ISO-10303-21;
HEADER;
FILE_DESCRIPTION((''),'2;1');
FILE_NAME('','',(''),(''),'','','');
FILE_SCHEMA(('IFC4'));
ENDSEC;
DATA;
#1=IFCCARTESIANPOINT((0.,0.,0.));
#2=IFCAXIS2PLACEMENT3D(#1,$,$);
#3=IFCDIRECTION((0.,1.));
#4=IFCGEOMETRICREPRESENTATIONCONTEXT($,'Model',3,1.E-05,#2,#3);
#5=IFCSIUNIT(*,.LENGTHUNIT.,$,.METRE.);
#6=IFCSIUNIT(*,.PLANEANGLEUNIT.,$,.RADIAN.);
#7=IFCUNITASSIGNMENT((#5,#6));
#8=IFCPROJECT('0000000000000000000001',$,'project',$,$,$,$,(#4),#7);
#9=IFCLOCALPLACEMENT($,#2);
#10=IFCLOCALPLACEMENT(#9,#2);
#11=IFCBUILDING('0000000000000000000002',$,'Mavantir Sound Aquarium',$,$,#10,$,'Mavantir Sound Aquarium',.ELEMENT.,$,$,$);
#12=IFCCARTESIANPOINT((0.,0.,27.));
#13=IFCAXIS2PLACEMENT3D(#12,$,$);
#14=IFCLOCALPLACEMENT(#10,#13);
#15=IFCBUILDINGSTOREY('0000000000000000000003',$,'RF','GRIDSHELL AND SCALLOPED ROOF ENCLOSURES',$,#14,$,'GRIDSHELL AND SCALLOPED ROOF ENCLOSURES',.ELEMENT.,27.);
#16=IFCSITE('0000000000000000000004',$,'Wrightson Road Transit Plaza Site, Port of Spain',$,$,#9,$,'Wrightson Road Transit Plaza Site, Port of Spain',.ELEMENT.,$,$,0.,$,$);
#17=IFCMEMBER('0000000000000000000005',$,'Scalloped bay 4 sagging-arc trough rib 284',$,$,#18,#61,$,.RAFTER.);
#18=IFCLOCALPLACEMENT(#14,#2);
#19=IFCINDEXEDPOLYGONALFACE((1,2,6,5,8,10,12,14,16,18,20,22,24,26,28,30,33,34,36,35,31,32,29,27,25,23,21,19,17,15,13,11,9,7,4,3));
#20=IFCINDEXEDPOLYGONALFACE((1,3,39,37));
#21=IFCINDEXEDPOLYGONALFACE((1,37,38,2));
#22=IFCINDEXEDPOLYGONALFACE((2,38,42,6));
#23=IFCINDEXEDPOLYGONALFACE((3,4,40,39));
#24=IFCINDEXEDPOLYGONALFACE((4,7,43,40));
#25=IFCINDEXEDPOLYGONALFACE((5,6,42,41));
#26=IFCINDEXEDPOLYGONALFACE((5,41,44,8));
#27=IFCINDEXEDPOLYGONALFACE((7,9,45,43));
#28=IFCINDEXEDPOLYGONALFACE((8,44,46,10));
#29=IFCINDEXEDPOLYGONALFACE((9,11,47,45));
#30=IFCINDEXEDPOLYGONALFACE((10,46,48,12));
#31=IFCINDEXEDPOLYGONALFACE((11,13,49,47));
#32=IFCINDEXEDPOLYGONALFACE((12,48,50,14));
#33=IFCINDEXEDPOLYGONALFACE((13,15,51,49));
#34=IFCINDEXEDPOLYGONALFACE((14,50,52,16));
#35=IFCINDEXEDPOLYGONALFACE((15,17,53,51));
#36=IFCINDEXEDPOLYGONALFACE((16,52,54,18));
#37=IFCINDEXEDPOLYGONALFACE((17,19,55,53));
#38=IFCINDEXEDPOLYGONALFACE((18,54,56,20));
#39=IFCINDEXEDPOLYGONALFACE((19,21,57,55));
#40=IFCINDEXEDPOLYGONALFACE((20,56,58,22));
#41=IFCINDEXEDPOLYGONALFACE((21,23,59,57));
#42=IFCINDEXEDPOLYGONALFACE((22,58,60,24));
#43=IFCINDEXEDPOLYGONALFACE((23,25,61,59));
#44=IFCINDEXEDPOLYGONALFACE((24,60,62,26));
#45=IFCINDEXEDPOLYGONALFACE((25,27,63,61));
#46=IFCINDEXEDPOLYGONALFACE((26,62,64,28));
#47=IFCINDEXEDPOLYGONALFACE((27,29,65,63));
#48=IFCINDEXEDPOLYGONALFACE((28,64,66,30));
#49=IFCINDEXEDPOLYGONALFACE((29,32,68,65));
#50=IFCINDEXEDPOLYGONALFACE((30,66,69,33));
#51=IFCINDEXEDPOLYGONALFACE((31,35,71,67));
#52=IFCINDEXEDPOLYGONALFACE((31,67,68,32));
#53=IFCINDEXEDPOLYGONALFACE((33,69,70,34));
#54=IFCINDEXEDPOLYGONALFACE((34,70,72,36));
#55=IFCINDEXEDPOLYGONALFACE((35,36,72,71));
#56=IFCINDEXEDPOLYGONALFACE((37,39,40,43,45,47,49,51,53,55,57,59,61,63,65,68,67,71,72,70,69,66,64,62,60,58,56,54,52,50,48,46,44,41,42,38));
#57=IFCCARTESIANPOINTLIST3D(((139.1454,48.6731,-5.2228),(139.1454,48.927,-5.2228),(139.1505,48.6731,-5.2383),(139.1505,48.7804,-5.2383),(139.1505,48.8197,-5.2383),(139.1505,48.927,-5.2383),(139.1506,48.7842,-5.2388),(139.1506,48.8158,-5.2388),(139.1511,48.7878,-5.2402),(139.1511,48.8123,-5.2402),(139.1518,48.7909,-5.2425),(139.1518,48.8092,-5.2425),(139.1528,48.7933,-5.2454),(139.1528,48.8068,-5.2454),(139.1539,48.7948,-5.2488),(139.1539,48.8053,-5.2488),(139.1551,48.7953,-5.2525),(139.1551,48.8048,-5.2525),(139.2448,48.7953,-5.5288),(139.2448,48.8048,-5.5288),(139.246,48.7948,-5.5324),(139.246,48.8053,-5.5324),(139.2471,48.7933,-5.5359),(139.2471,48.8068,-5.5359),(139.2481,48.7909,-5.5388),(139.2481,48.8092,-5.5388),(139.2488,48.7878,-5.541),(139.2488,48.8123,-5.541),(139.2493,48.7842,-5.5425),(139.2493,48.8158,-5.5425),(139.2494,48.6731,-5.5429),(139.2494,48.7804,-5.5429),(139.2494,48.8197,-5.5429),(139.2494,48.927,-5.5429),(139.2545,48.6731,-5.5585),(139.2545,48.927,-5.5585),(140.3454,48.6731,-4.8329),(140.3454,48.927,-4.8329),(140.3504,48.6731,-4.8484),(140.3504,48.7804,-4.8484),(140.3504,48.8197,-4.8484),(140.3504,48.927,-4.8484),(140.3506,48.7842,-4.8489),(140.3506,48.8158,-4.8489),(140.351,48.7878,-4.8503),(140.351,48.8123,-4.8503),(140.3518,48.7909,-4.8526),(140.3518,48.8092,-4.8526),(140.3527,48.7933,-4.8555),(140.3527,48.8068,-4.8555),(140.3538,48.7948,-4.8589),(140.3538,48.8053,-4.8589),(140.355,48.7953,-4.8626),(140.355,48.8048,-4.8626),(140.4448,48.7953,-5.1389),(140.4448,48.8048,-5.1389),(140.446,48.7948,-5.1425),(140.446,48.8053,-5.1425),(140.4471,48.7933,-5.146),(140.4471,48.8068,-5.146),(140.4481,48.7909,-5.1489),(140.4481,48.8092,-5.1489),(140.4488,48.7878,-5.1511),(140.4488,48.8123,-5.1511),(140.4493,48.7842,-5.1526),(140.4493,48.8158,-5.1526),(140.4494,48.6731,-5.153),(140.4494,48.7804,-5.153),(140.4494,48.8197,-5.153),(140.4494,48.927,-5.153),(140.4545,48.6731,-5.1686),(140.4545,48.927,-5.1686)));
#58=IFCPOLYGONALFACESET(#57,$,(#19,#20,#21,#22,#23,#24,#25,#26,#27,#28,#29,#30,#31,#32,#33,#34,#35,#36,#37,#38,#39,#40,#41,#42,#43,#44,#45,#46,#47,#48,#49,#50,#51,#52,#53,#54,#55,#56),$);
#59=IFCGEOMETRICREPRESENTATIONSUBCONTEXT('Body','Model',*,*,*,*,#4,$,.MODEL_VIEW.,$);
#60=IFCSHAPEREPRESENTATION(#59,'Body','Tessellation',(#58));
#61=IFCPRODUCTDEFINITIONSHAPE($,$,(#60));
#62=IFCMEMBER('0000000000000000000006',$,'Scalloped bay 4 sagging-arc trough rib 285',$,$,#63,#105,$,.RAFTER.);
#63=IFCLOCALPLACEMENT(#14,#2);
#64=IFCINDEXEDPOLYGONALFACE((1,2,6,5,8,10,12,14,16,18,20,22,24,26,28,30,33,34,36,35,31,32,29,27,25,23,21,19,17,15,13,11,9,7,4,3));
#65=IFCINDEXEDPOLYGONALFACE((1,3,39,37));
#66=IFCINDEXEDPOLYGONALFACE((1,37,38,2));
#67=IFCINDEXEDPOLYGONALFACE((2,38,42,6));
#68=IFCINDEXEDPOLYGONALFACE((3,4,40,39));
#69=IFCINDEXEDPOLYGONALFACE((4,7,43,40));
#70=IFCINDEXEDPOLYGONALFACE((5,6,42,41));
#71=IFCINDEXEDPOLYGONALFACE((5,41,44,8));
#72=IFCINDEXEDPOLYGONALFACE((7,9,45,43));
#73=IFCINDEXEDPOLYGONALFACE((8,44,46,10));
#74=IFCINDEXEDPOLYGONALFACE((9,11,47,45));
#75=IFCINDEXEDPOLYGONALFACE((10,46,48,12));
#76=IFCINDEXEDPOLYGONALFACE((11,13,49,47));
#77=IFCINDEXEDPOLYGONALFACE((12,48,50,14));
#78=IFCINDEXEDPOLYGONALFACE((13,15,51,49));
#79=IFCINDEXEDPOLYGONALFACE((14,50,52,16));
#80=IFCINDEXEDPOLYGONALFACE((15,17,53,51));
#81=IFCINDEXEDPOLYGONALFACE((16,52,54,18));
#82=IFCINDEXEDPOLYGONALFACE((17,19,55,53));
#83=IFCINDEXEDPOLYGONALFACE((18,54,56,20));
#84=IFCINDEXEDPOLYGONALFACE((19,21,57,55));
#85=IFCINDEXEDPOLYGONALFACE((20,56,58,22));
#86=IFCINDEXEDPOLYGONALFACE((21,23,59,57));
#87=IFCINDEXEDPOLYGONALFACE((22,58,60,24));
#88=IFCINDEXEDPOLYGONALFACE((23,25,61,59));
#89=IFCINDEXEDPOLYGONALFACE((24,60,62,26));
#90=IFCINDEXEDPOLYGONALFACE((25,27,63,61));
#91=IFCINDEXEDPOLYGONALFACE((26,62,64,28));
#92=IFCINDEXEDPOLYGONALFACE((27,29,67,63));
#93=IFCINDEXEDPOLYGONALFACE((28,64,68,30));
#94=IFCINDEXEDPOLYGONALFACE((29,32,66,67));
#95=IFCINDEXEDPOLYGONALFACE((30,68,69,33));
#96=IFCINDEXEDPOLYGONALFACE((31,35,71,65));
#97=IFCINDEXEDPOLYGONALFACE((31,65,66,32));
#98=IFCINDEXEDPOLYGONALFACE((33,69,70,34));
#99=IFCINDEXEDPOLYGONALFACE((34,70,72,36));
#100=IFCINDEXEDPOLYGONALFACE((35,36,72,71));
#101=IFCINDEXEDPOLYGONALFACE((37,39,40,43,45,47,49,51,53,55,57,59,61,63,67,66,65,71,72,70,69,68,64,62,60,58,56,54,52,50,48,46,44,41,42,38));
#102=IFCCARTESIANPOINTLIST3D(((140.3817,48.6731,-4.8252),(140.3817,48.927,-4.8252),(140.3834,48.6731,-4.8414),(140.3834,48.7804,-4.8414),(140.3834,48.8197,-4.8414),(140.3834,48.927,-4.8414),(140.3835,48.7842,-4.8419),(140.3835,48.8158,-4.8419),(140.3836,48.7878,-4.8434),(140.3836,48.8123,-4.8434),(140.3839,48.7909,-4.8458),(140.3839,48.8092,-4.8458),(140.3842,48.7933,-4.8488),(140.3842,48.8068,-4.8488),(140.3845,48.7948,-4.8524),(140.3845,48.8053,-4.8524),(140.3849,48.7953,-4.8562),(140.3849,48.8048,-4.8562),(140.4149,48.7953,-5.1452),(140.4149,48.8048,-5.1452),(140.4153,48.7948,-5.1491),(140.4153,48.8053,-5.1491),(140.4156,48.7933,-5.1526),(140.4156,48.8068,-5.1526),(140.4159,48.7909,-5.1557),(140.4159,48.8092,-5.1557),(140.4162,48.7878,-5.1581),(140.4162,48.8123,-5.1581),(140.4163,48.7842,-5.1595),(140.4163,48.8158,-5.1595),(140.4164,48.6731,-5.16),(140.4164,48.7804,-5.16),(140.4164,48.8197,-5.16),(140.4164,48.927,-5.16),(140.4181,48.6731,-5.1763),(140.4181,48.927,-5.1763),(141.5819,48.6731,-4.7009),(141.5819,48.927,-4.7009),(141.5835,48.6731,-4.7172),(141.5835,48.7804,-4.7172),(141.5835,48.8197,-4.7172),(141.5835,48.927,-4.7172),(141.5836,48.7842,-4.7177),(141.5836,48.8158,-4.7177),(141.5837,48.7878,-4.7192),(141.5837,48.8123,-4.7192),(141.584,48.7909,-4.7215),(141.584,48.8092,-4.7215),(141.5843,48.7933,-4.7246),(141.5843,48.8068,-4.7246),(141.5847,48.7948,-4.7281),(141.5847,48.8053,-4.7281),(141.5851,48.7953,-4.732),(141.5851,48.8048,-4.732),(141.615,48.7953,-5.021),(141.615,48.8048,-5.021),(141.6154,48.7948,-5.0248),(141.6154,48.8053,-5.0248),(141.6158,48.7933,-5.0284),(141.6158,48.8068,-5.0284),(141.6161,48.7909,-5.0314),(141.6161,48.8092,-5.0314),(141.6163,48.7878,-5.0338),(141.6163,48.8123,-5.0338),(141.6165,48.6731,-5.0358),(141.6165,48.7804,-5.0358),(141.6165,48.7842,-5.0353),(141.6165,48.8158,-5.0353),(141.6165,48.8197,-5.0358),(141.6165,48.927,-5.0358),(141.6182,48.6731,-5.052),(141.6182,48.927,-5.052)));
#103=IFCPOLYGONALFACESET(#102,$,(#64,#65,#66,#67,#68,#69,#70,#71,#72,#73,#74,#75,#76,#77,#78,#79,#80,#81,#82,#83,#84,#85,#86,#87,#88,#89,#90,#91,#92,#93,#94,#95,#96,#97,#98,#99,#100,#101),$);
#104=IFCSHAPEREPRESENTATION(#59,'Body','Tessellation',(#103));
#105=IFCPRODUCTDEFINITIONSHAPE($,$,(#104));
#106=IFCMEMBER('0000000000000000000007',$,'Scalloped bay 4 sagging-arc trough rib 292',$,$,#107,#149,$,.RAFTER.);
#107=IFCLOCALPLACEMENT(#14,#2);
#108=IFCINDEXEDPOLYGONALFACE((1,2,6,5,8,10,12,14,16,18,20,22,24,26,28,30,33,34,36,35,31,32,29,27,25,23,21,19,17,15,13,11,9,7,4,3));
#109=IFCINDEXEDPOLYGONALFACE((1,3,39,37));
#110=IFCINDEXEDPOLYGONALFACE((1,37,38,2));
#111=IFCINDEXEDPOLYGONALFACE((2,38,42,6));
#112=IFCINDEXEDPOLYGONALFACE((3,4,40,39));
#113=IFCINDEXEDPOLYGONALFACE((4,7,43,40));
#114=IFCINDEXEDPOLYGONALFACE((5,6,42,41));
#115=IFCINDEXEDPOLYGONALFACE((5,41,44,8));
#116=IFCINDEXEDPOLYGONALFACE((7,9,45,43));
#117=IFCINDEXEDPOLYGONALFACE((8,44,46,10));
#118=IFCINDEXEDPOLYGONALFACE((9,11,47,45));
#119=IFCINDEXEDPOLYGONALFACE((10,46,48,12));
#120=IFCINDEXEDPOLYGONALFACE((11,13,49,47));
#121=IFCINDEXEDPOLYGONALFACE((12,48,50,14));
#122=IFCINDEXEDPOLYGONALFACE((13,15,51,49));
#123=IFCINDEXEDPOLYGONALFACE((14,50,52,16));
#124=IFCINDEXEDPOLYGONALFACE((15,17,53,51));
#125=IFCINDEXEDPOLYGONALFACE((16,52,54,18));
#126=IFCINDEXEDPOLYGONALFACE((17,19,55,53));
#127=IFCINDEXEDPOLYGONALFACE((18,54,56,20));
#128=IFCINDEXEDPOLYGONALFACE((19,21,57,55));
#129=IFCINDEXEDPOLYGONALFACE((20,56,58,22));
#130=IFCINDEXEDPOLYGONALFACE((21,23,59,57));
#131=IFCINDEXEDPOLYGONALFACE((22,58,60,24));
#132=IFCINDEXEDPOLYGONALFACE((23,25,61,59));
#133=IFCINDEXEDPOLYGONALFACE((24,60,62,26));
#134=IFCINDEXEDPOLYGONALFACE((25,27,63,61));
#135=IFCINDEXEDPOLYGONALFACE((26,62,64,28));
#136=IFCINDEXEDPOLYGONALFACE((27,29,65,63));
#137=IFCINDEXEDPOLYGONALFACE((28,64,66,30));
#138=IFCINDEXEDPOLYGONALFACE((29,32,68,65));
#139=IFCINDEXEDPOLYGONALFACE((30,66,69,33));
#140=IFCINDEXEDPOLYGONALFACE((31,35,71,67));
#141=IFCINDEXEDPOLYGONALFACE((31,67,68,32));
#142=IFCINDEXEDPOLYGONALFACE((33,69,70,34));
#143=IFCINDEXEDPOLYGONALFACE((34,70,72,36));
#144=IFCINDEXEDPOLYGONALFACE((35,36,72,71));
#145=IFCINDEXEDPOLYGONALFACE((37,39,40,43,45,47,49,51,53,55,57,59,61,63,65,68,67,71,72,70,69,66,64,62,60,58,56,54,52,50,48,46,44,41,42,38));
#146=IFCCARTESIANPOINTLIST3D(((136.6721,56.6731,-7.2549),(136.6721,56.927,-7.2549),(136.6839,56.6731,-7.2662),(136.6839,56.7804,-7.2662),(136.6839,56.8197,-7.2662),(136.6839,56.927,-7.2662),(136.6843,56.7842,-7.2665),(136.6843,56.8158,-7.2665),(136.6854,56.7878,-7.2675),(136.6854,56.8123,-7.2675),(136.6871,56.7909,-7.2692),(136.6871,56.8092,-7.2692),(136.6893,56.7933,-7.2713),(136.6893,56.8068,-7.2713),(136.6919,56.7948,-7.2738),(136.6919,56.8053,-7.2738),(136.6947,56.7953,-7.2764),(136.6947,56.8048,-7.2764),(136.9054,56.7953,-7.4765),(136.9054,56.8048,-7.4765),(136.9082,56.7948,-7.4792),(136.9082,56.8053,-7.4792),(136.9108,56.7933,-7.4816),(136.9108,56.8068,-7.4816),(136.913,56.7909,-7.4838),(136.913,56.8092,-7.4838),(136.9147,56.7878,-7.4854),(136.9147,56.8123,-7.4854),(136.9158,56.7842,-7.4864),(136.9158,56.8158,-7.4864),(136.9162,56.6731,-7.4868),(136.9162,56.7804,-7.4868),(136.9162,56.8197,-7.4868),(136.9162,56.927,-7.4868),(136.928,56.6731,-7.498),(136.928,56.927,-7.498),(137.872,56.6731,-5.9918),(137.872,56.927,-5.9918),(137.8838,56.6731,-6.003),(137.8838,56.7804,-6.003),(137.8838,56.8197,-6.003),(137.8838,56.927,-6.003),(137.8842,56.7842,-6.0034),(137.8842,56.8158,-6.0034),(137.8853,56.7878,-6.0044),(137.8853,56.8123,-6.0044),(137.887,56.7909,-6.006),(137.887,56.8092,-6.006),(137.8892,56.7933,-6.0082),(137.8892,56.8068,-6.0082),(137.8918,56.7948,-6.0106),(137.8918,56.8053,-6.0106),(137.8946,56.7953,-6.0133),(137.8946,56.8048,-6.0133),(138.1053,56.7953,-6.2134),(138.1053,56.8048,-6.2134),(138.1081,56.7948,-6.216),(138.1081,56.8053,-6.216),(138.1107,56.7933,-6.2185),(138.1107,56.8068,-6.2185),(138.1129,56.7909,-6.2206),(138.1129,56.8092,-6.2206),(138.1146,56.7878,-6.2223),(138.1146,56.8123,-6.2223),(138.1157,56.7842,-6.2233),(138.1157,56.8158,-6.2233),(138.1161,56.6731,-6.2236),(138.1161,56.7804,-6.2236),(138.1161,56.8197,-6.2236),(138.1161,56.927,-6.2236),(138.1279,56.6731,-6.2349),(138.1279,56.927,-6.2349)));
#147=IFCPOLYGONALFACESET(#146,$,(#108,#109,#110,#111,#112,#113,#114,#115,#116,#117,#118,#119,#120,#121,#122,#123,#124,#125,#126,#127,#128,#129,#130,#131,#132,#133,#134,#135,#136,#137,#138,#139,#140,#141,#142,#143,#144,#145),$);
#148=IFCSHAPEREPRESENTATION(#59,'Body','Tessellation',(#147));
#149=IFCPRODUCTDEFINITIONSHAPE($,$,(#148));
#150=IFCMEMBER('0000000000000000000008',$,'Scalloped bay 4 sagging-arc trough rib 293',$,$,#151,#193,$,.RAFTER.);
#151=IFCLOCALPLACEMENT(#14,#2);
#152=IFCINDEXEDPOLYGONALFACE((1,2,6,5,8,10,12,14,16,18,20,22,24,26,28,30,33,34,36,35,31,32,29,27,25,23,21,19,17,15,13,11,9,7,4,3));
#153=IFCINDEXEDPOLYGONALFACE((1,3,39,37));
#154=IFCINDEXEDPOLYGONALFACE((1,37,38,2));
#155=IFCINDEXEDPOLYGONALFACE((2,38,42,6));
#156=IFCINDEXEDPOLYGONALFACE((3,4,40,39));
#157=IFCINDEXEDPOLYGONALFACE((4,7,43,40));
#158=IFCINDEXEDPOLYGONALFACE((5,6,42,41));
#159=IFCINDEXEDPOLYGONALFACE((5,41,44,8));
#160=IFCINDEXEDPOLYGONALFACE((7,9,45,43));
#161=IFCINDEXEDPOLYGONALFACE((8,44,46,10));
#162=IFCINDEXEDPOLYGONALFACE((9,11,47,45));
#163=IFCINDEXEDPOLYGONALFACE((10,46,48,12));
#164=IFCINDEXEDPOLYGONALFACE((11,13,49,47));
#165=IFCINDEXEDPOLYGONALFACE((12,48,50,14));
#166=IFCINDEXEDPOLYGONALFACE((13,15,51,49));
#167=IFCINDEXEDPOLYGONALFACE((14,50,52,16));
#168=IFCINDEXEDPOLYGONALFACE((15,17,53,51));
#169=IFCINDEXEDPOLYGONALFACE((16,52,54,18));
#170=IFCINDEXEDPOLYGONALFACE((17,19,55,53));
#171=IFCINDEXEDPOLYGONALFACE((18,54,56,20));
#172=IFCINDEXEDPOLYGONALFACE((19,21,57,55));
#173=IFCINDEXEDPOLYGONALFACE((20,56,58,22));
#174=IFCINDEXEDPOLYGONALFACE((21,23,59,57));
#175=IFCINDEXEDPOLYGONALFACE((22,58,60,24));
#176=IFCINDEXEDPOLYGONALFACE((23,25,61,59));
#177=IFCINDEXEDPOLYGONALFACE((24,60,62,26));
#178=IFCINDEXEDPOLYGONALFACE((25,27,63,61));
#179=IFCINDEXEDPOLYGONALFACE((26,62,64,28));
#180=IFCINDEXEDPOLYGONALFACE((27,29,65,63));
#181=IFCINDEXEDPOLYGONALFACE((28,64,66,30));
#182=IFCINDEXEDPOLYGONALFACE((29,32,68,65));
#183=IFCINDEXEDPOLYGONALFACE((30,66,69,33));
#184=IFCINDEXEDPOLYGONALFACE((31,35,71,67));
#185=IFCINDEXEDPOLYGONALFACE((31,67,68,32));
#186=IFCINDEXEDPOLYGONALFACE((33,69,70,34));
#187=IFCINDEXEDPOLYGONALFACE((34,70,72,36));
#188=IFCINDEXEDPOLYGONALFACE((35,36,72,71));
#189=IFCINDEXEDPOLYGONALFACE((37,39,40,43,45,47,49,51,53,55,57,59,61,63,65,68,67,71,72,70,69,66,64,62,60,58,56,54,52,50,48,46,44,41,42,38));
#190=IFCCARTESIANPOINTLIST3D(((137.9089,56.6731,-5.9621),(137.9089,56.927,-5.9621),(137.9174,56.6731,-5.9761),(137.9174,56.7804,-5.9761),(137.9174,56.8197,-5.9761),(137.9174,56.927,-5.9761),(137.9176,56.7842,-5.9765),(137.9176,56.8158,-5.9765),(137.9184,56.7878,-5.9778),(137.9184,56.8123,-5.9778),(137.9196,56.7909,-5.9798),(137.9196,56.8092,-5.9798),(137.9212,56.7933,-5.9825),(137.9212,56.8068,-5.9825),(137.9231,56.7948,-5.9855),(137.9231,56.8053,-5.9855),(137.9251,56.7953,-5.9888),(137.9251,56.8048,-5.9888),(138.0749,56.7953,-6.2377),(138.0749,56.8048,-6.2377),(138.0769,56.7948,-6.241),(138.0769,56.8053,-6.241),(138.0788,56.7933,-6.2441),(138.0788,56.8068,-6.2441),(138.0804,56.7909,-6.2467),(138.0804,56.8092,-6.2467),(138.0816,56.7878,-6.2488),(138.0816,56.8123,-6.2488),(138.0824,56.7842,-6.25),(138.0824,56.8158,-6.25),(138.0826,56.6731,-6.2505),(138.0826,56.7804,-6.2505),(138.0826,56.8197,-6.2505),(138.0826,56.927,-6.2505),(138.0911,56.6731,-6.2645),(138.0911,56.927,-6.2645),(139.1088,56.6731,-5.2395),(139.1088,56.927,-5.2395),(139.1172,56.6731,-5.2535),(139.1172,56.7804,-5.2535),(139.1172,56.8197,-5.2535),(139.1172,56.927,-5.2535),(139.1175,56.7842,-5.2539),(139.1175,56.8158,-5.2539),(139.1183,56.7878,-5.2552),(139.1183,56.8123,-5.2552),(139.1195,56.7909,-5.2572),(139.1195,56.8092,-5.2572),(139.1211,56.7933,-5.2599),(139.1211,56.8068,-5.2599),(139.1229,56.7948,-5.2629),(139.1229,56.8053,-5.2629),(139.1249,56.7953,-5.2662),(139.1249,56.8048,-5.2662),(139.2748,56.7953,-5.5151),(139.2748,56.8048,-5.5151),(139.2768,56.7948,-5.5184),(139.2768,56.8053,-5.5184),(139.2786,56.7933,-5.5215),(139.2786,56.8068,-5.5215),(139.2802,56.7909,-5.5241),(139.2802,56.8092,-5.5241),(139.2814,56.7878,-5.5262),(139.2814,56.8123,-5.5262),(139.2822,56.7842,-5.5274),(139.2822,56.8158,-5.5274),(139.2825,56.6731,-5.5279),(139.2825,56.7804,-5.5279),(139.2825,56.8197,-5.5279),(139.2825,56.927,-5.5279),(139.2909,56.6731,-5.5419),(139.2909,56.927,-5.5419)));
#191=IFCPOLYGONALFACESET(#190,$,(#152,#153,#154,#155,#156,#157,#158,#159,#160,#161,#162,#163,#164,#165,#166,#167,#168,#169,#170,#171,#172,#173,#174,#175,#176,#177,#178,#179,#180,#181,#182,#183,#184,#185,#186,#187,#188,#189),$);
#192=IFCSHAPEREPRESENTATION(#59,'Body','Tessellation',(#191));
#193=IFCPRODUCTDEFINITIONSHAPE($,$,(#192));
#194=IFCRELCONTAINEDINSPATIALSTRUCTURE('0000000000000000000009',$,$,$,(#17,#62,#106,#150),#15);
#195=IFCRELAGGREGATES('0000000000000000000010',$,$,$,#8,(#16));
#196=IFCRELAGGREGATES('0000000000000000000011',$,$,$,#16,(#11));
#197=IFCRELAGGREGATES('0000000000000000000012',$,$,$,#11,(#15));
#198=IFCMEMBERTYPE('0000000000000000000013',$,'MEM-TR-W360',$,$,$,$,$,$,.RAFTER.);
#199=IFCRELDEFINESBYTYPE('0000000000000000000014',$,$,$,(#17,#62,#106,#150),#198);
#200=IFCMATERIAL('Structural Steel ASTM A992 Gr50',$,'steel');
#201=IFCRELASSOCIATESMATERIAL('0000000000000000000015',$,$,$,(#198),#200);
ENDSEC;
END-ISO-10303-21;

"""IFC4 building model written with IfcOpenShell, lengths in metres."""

from ifc_helpers import new_model, si_unit, direction, frame, origin, origin_2d, place, context, subcontext, project, spatial, i_section, extrude, material, material_profile, profile_set, type_object, element, save


model = new_model("IFC4")

# Units and contexts
model_context = context("Model", 3, precision=1e-05, world=origin(), true_north=direction((0.0, 1.0)))
body_context = subcontext(model_context, "Body", "Model", "MODEL_VIEW")
ifc_project = project(units=[si_unit("LENGTHUNIT", "METRE"), si_unit("PLANEANGLEUNIT", "RADIAN")], contexts=[model_context])

# Site, building, storey
site_placement = place(None, origin())
site = spatial("IfcSite", under=ifc_project, at=site_placement, Name="Wrightson Road Transit Plaza Site, Port of Spain", LongName="Wrightson Road Transit Plaza Site, Port of Spain", CompositionType="ELEMENT", RefElevation=0.0)
building_placement = place(site_placement, origin())
building = spatial("IfcBuilding", under=site, at=building_placement, Name="Mavantir Sound Aquarium", LongName="Mavantir Sound Aquarium", CompositionType="ELEMENT")
storey_placement = place(building_placement, frame((0.0, 0.0, 27.0)))
storey = spatial("IfcBuildingStorey", under=building, at=storey_placement, Name="RF", Description="GRIDSHELL AND SCALLOPED ROOF ENCLOSURES", LongName="GRIDSHELL AND SCALLOPED ROOF ENCLOSURES", CompositionType="ELEMENT", Elevation=27.0)

# Shared definitions
ifc_material_1 = material(Name="Structural Steel ASTM A992 Gr50", Category="steel")

# Members
ifc_material_profile_1 = material_profile(ifc_material_1, i_section(OverallWidth=0.2539, OverallDepth=0.353, WebThickness=0.0095, FlangeThickness=0.0164, FilletRadius=0.0149, at=origin_2d()), Name="W360X91")
ifc_profile_set_1 = profile_set([ifc_material_profile_1], Name="Structural Steel ASTM A992 Gr50")
member_type_1 = type_object("IfcMemberType", Name="MEM-TR-W360", PredefinedType="RAFTER", material=ifc_profile_set_1)
member_1_placement = place(storey_placement, frame((139.2, 48.8, -5.3906), z_axis=(0.951055, 0.0, 0.30902), x_axis=(0.0, 1.0, 0.0)))
element("IfcMember", 1, at=member_1_placement, inside=storey, type_object=member_type_1, Name="Scalloped bay 4 sagging-arc trough rib 284", PredefinedType="RAFTER", context=body_context, shape_type="SweptSolid", body=[
    extrude(i_section(OverallWidth=0.2539, OverallDepth=0.353, WebThickness=0.0095, FlangeThickness=0.0164, FilletRadius=0.0149, at=origin_2d()), origin(), (0.0, 0.0, 1.0), 1.2617),
])
member_2_placement = place(storey_placement, frame((140.3999, 48.8, -5.0007), z_axis=(0.994683, 0.0, 0.102989), x_axis=(0.0, 1.0, 0.0)))
element("IfcMember", 2, at=member_2_placement, inside=storey, type_object=member_type_1, Name="Scalloped bay 4 sagging-arc trough rib 285", PredefinedType="RAFTER", context=body_context, shape_type="SweptSolid", body=[
    extrude(i_section(OverallWidth=0.2539, OverallDepth=0.353, WebThickness=0.0095, FlangeThickness=0.0164, FilletRadius=0.0149, at=origin_2d()), origin(), (0.0, 0.0, 1.0), 1.2065),
])
member_3_placement = place(storey_placement, frame((136.8, 56.8, -7.3765), z_axis=(0.688727, 0.0, 0.72502), x_axis=(0.0, 1.0, 0.0)))
element("IfcMember", 3, at=member_3_placement, inside=storey, type_object=member_type_1, Name="Scalloped bay 4 sagging-arc trough rib 292", PredefinedType="RAFTER", context=body_context, shape_type="SweptSolid", body=[
    extrude(i_section(OverallWidth=0.2539, OverallDepth=0.353, WebThickness=0.0095, FlangeThickness=0.0164, FilletRadius=0.0149, at=origin_2d()), origin(), (0.0, 0.0, 1.0), 1.7422),
])
member_4_placement = place(storey_placement, frame((138.0, 56.8, -6.1133), z_axis=(0.856646, 0.0, 0.515905), x_axis=(0.0, 1.0, 0.0)))
element("IfcMember", 4, at=member_4_placement, inside=storey, type_object=member_type_1, Name="Scalloped bay 4 sagging-arc trough rib 293", PredefinedType="RAFTER", context=body_context, shape_type="SweptSolid", body=[
    extrude(i_section(OverallWidth=0.2539, OverallDepth=0.353, WebThickness=0.0095, FlangeThickness=0.0164, FilletRadius=0.0149, at=origin_2d()), origin(), (0.0, 0.0, 1.0), 1.4006),
])

save(model, "model.ifc")
